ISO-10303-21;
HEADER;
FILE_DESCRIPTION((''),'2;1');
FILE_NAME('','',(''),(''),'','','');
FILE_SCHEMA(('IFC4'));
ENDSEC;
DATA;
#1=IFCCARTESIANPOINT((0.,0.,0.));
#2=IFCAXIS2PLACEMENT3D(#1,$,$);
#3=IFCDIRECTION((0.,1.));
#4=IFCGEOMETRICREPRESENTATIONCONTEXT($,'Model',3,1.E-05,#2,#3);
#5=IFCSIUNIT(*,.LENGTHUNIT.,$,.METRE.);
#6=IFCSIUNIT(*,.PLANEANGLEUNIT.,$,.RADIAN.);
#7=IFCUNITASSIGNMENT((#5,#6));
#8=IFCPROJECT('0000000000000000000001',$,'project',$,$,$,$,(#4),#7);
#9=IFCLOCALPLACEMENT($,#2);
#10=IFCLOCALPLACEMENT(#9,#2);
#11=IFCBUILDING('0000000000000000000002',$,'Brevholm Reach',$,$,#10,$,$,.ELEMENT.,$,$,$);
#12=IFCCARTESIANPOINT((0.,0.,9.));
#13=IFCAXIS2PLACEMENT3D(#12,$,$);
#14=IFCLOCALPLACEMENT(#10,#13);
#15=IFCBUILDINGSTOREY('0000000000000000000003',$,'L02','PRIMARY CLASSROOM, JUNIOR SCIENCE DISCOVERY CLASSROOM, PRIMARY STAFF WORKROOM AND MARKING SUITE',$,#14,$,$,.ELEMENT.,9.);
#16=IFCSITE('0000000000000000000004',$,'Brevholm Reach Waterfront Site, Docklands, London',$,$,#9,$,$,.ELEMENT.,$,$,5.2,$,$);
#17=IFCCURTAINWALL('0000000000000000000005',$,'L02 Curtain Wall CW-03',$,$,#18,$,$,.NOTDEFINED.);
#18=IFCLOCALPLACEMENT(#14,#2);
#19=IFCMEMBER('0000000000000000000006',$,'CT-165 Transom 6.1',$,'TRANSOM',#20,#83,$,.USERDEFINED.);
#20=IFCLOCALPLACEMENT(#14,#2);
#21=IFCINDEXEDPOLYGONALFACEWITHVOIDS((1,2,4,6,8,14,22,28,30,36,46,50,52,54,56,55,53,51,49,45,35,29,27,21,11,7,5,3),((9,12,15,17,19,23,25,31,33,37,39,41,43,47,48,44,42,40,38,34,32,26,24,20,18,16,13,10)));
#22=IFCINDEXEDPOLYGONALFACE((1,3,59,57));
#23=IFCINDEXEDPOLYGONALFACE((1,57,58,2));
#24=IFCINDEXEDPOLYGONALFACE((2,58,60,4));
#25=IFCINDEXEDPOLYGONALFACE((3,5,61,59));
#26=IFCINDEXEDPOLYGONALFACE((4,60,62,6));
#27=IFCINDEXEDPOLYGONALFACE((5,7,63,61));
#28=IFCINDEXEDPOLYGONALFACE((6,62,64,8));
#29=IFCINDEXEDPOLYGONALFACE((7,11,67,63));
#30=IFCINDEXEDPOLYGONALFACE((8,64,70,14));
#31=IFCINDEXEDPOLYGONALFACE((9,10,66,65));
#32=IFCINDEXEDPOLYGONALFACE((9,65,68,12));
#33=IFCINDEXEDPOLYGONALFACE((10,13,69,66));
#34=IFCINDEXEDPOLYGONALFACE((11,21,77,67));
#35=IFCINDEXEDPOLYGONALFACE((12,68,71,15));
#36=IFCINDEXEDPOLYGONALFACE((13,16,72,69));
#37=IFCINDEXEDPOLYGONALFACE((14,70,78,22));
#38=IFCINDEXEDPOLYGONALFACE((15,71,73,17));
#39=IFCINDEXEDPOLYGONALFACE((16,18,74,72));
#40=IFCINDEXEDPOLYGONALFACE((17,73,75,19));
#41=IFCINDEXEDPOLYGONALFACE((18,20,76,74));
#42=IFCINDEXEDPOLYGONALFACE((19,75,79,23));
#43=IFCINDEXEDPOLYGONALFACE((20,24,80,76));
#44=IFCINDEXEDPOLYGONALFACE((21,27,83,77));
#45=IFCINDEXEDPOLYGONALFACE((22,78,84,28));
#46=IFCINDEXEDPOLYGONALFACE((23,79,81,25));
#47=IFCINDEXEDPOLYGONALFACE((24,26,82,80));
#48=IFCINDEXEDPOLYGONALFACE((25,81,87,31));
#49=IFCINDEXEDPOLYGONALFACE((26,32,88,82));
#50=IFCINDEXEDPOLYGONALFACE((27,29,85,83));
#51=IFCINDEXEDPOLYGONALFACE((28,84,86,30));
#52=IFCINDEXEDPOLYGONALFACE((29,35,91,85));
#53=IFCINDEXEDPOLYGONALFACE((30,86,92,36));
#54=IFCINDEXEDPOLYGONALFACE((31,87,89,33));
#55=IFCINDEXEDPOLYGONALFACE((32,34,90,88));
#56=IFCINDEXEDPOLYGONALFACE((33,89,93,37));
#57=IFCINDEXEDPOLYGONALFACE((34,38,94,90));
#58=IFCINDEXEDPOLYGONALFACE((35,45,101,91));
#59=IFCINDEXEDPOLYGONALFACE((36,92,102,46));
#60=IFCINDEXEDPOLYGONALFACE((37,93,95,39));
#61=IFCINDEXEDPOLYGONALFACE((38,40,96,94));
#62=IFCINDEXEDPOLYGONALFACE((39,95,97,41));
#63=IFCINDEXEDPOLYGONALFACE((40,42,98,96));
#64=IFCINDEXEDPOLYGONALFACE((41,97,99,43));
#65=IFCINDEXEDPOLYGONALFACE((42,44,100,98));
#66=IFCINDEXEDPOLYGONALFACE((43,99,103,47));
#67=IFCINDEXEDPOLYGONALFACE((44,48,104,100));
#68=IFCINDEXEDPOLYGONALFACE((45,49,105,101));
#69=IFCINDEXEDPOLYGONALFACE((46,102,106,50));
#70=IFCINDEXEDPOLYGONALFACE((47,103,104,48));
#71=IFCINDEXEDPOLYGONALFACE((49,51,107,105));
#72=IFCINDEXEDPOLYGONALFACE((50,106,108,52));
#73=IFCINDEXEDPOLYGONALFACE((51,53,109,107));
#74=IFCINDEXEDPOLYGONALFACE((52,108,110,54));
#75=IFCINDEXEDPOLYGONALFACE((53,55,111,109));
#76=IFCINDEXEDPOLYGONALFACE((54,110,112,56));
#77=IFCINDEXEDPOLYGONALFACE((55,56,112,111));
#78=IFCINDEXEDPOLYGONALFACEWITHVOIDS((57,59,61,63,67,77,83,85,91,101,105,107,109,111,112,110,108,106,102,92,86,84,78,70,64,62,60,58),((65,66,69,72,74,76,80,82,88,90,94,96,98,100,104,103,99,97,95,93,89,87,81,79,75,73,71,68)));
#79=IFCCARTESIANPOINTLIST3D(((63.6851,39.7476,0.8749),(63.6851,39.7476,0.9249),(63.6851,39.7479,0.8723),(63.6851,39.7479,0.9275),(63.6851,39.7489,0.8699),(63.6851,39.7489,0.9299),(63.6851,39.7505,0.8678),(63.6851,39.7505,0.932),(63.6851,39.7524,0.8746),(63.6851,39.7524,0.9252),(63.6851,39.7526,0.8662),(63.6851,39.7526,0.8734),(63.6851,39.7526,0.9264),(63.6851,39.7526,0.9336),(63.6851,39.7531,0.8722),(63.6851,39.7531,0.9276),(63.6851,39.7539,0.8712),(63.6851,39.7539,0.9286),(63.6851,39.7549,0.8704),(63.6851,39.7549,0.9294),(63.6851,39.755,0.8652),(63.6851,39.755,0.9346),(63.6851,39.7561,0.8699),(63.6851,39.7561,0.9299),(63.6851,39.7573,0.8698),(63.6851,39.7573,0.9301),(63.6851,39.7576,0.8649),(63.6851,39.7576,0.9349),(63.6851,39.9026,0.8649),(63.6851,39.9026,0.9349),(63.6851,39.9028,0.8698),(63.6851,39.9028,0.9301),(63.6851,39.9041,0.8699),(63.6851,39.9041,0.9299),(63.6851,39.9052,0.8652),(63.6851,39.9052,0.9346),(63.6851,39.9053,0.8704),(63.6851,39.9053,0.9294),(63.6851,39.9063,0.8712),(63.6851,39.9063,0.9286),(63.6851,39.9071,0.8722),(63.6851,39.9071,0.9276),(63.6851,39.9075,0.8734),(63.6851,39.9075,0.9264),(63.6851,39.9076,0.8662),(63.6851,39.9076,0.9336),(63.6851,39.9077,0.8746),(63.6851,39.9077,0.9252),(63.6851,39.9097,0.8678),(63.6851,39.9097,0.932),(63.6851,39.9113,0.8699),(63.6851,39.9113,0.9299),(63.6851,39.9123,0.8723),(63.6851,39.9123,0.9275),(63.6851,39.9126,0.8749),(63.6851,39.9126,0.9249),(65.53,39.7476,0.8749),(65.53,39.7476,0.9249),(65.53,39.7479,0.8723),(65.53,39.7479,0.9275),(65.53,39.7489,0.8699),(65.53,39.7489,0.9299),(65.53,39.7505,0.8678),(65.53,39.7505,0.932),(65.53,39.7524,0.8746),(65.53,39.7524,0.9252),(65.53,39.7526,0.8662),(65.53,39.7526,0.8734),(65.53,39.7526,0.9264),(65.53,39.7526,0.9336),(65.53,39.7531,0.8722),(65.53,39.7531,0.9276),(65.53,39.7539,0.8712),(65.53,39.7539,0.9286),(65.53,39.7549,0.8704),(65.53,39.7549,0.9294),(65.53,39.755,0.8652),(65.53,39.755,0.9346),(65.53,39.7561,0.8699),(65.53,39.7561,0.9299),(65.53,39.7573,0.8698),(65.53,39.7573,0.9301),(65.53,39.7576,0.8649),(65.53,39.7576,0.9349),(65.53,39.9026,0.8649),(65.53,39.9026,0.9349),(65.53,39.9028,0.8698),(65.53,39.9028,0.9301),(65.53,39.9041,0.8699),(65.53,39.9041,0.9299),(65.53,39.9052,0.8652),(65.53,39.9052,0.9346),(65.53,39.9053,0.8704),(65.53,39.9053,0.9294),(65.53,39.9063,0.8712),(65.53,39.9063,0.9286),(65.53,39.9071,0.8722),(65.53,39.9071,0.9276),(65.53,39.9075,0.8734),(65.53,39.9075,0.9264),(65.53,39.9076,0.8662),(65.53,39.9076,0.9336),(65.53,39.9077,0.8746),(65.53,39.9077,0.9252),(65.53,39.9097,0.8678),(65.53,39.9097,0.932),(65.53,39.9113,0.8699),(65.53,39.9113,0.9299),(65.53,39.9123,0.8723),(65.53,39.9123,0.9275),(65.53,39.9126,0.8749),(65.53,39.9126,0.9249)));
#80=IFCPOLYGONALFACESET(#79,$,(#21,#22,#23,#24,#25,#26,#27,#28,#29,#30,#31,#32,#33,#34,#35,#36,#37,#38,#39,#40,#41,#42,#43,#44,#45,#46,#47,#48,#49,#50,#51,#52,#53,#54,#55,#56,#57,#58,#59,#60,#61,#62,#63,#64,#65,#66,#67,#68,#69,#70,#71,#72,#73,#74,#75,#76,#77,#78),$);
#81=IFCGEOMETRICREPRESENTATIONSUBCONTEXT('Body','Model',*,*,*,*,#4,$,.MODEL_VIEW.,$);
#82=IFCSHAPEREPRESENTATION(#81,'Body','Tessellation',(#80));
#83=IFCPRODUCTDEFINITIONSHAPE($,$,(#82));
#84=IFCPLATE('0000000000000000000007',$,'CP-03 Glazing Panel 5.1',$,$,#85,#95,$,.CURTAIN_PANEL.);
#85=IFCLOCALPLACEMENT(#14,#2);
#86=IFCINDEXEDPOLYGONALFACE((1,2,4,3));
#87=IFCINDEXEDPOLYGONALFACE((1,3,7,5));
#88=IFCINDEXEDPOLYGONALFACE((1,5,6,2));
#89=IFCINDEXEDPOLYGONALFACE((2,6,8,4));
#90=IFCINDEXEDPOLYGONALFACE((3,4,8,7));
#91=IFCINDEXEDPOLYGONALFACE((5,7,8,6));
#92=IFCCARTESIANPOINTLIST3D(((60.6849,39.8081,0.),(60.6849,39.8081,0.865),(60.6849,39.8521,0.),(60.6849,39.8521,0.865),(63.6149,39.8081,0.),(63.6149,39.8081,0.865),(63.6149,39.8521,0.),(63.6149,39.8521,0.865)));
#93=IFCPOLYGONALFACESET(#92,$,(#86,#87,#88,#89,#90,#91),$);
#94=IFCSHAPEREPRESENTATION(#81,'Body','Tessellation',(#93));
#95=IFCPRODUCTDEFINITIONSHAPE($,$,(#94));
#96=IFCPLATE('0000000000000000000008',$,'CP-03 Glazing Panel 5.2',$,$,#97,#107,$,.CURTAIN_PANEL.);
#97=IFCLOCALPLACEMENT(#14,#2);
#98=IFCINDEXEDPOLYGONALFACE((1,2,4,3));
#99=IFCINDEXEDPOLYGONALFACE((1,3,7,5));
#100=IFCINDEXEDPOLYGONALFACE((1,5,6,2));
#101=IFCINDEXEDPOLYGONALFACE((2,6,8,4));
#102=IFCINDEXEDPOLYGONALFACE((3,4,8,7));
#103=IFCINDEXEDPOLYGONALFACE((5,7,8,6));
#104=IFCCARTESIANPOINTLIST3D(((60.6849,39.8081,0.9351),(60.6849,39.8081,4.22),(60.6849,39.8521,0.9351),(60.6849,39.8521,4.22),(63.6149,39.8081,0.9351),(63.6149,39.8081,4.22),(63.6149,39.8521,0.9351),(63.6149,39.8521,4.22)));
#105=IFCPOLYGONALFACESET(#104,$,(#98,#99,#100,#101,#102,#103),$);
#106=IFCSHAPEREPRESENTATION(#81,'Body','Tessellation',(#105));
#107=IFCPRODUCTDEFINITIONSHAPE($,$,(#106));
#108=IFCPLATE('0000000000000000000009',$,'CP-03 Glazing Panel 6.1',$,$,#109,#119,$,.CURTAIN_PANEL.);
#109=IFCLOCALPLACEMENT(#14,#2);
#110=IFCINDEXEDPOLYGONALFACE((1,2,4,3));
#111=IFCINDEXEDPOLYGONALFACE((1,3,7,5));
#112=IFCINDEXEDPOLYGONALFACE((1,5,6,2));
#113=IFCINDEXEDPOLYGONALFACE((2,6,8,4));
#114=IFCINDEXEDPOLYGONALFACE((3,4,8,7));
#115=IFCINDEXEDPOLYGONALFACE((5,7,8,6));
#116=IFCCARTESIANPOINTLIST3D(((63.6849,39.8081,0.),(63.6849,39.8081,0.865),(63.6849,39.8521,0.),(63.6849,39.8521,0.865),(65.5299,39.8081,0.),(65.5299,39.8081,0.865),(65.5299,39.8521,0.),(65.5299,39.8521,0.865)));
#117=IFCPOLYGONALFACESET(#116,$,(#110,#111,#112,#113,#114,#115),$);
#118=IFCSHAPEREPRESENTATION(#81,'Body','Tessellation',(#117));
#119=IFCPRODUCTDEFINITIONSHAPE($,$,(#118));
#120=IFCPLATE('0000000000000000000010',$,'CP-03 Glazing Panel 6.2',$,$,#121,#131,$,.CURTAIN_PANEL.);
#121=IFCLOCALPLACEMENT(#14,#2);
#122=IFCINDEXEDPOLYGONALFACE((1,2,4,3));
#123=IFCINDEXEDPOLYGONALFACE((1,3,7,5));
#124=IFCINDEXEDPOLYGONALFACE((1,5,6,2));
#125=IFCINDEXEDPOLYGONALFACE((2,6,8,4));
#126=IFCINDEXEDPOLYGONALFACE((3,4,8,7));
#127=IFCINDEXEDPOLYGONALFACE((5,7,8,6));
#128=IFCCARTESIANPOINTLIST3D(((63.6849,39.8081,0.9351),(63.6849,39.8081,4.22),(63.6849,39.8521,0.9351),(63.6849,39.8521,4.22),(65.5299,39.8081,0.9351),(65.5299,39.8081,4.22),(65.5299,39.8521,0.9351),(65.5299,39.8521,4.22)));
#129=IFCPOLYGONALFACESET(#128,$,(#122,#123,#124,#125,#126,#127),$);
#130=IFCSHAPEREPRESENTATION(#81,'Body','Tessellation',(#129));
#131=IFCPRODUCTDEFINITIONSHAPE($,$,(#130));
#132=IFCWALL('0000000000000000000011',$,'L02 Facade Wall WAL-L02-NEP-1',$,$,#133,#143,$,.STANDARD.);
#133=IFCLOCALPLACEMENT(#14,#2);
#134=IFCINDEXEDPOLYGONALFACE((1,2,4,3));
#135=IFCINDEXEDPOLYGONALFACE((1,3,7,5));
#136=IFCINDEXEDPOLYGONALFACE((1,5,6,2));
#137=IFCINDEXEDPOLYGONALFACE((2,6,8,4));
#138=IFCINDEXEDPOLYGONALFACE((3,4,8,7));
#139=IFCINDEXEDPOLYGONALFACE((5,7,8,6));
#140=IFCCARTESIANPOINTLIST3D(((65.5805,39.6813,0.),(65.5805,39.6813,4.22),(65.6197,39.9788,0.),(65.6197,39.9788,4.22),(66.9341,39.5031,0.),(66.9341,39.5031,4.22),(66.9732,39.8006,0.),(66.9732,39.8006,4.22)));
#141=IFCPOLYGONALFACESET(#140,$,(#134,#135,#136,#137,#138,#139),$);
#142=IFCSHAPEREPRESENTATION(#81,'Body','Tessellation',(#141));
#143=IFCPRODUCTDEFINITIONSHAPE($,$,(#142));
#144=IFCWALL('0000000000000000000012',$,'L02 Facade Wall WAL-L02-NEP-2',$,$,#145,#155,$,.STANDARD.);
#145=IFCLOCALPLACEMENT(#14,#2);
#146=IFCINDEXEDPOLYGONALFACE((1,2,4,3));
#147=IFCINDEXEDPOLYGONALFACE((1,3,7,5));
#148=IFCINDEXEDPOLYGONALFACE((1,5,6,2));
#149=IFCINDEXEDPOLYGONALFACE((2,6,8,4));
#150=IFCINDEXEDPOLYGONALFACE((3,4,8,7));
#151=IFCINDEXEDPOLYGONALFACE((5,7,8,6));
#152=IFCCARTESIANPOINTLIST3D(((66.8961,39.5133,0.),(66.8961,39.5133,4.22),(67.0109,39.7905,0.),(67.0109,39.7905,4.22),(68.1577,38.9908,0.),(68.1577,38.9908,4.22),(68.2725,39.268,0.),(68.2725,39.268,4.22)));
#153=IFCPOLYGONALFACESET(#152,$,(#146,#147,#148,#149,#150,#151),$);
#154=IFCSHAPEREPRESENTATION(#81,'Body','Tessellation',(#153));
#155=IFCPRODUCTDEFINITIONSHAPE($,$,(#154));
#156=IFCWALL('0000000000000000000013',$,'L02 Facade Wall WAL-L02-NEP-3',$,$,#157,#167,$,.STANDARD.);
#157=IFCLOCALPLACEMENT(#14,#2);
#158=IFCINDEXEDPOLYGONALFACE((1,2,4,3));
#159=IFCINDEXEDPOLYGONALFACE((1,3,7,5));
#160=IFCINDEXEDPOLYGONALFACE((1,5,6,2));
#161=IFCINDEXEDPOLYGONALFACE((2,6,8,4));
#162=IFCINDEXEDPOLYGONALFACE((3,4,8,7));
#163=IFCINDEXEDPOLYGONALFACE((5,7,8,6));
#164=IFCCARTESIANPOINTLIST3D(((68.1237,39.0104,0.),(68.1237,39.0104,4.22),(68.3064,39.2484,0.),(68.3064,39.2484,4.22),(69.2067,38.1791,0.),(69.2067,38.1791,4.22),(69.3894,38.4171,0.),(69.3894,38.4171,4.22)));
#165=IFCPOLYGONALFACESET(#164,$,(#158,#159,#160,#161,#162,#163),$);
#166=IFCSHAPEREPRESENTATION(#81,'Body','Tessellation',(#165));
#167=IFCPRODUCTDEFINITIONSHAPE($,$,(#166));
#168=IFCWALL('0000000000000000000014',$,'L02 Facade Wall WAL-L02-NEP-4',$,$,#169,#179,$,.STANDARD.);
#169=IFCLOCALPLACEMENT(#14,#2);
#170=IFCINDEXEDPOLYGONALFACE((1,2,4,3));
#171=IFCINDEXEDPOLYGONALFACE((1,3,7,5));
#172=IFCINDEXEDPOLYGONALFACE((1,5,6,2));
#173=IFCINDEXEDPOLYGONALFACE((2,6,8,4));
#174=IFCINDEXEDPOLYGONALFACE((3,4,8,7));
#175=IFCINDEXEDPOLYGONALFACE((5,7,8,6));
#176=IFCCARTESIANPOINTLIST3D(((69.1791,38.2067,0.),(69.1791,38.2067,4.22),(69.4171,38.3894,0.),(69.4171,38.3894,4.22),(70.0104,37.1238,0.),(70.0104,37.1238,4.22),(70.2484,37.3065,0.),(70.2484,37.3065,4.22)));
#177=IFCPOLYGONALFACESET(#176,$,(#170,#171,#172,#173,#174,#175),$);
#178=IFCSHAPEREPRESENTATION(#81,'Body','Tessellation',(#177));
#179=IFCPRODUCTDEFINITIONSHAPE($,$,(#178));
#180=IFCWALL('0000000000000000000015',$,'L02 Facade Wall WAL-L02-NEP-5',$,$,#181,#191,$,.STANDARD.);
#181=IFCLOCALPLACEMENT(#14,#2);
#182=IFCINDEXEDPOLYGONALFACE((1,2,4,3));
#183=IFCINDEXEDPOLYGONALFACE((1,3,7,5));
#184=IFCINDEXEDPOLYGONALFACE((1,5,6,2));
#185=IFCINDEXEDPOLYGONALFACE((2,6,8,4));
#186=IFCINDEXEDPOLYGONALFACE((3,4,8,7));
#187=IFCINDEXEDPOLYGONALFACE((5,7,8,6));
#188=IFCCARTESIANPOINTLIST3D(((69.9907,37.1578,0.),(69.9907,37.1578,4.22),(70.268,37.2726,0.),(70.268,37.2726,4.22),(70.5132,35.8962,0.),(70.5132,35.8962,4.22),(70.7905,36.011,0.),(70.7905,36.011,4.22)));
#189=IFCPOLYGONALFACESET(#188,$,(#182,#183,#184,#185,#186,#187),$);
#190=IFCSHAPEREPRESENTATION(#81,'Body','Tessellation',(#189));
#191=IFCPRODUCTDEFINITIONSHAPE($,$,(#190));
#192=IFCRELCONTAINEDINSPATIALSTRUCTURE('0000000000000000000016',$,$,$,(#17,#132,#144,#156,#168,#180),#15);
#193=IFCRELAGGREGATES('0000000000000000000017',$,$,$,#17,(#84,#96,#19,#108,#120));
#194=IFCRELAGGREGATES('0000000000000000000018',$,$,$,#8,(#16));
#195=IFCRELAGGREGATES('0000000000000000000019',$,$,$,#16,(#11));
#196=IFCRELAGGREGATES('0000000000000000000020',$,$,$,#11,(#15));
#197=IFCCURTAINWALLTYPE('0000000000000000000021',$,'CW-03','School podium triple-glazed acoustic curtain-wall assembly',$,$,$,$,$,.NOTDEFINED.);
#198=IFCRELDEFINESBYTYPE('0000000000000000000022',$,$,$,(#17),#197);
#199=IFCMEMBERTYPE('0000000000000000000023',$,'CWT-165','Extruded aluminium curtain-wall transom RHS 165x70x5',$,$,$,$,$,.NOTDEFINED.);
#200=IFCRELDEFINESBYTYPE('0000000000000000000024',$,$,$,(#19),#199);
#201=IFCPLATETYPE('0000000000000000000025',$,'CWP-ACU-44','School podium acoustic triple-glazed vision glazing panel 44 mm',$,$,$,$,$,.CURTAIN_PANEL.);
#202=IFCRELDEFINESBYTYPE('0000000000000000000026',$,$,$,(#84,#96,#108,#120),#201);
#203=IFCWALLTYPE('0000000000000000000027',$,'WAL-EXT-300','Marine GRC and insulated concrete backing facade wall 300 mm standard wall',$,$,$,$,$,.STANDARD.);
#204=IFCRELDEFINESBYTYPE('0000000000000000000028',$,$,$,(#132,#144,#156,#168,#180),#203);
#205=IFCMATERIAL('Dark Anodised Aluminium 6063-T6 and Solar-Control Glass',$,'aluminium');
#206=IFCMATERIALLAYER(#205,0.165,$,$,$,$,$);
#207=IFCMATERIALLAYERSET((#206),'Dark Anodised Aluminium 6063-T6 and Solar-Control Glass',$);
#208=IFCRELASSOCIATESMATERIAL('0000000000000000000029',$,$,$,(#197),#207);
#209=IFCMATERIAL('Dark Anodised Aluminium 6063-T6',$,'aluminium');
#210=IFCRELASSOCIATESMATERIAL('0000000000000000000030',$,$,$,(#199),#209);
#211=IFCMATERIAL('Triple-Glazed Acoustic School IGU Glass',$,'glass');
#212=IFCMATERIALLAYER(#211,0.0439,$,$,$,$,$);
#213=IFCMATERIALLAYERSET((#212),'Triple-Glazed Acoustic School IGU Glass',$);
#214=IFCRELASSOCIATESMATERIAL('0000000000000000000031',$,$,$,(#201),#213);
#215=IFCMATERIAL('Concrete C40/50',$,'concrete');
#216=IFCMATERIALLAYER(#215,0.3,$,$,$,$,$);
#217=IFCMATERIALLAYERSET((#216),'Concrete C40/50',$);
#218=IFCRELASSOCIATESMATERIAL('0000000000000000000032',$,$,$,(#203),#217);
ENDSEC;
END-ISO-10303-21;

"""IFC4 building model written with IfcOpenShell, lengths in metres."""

from ifc_helpers import new_model, si_unit, direction, frame, frame_2d, origin, origin_2d, place, context, subcontext, project, spatial, rectangle, hollow_rectangle, extrude, material, layer, layer_set, material_profile, profile_set, type_object, element, aggregate, save


model = new_model("IFC4")

# Units and contexts
model_context = context("Model", 3, precision=1e-05, world=origin(), true_north=direction((0.0, 1.0)))
body_context = subcontext(model_context, "Body", "Model", "MODEL_VIEW")
ifc_project = project(units=[si_unit("LENGTHUNIT", "METRE"), si_unit("PLANEANGLEUNIT", "RADIAN")], contexts=[model_context])

# Site, building, storey
site_placement = place(None, origin())
site = spatial("IfcSite", under=ifc_project, at=site_placement, Name="Brevholm Reach Waterfront Site, Docklands, London", CompositionType="ELEMENT", RefElevation=5.2)
building_placement = place(site_placement, origin())
building = spatial("IfcBuilding", under=site, at=building_placement, Name="Brevholm Reach", CompositionType="ELEMENT")
storey_placement = place(building_placement, frame((0.0, 0.0, 9.0)))
storey = spatial("IfcBuildingStorey", under=building, at=storey_placement, Name="L02", Description="PRIMARY CLASSROOM, JUNIOR SCIENCE DISCOVERY CLASSROOM, PRIMARY STAFF WORKROOM AND MARKING SUITE", CompositionType="ELEMENT", Elevation=9.0)

# Curtain wall, member, plates
ifc_material_1 = material(Name="Dark Anodised Aluminium 6063-T6 and Solar-Control Glass", Category="aluminium")
ifc_layer_1 = layer(ifc_material_1, 0.165)
ifc_layer_set_1 = layer_set([ifc_layer_1], Name="Dark Anodised Aluminium 6063-T6 and Solar-Control Glass")
curtain_wall_type = type_object("IfcCurtainWallType", Name="CW-03", Description="School podium triple-glazed acoustic curtain-wall assembly", PredefinedType="NOTDEFINED", material=ifc_layer_set_1)
curtain_wall_placement = place(storey_placement, origin())
curtain_wall = element("IfcCurtainWall", 1, at=curtain_wall_placement, inside=storey, type_object=curtain_wall_type, Name="L02 Curtain Wall CW-03", PredefinedType="NOTDEFINED")
ifc_material_2 = material(Name="Dark Anodised Aluminium 6063-T6", Category="aluminium")
ifc_material_profile_1 = material_profile(ifc_material_2, hollow_rectangle(XDim=0.0701, YDim=0.165, WallThickness=0.0049, InnerFilletRadius=0.0049, OuterFilletRadius=0.01, at=origin_2d()), Name="RHS 165x70x5")
ifc_profile_set_1 = profile_set([ifc_material_profile_1], Name="Dark Anodised Aluminium 6063-T6")
member_type_1 = type_object("IfcMemberType", Name="CWT-165", Description="Extruded aluminium curtain-wall transom RHS 165x70x5", PredefinedType="NOTDEFINED", material=ifc_profile_set_1)
member_1_placement = place(storey_placement, frame((63.6851, 39.8301, 0.8999), z_axis=(1.0, 0.0, 0.0), x_axis=(0.0, 0.0, 1.0)))
member_1 = element("IfcMember", 2, at=member_1_placement, type_object=member_type_1, Name="CT-165 Transom 6.1", ObjectType="TRANSOM", PredefinedType="USERDEFINED", context=body_context, shape_type="SweptSolid", body=[
    extrude(hollow_rectangle(XDim=0.0701, YDim=0.165, WallThickness=0.0049, InnerFilletRadius=0.0049, OuterFilletRadius=0.01, at=origin_2d()), origin(), (0.0, 0.0, 1.0), 1.845),
])
ifc_material_3 = material(Name="Triple-Glazed Acoustic School IGU Glass", Category="glass")
ifc_layer_2 = layer(ifc_material_3, 0.0439)
ifc_layer_set_2 = layer_set([ifc_layer_2], Name="Triple-Glazed Acoustic School IGU Glass")
plate_type = type_object("IfcPlateType", Name="CWP-ACU-44", Description="School podium acoustic triple-glazed vision glazing panel 44 mm", PredefinedType="CURTAIN_PANEL", material=ifc_layer_set_2)
plate_1_placement = place(storey_placement, frame((62.1499, 39.8301, 0.0), z_axis=(0.0, 0.0, 1.0), x_axis=(1.0, 0.0, 0.0)))
plate_1 = element("IfcPlate", 3, at=plate_1_placement, type_object=plate_type, Name="CP-03 Glazing Panel 5.1", PredefinedType="CURTAIN_PANEL", context=body_context, shape_type="SweptSolid", body=[
    extrude(rectangle(XDim=2.9299, YDim=0.0439, at=origin_2d()), origin(), (0.0, 0.0, 1.0), 0.865),
])
plate_2_placement = place(storey_placement, frame((62.1499, 39.8301, 0.9351), z_axis=(0.0, 0.0, 1.0), x_axis=(1.0, 0.0, 0.0)))
plate_2 = element("IfcPlate", 4, at=plate_2_placement, type_object=plate_type, Name="CP-03 Glazing Panel 5.2", PredefinedType="CURTAIN_PANEL", context=body_context, shape_type="SweptSolid", body=[
    extrude(rectangle(XDim=2.9299, YDim=0.0439, at=origin_2d()), origin(), (0.0, 0.0, 1.0), 3.2849),
])
plate_3_placement = place(storey_placement, frame((64.6074, 39.8301, 0.0), z_axis=(0.0, 0.0, 1.0), x_axis=(1.0, 0.0, 0.0)))
plate_3 = element("IfcPlate", 5, at=plate_3_placement, type_object=plate_type, Name="CP-03 Glazing Panel 6.1", PredefinedType="CURTAIN_PANEL", context=body_context, shape_type="SweptSolid", body=[
    extrude(rectangle(XDim=1.845, YDim=0.0439, at=origin_2d()), origin(), (0.0, 0.0, 1.0), 0.865),
])
plate_4_placement = place(storey_placement, frame((64.6074, 39.8301, 0.9351), z_axis=(0.0, 0.0, 1.0), x_axis=(1.0, 0.0, 0.0)))
plate_4 = element("IfcPlate", 6, at=plate_4_placement, type_object=plate_type, Name="CP-03 Glazing Panel 6.2", PredefinedType="CURTAIN_PANEL", context=body_context, shape_type="SweptSolid", body=[
    extrude(rectangle(XDim=1.845, YDim=0.0439, at=origin_2d()), origin(), (0.0, 0.0, 1.0), 3.2849),
])
aggregate(curtain_wall, [plate_1, plate_2, member_1, plate_3, plate_4])

# Walls
ifc_material_4 = material(Name="Concrete C40/50", Category="concrete")
ifc_layer_3 = layer(ifc_material_4, 0.3)
ifc_layer_set_3 = layer_set([ifc_layer_3], Name="Concrete C40/50")
wall_type_1 = type_object("IfcWallType", Name="WAL-EXT-300", Description="Marine GRC and insulated concrete backing facade wall 300 mm standard wall", PredefinedType="STANDARD", material=ifc_layer_set_3)
wall_1_placement = place(storey_placement, frame((65.6001, 39.8301, 0.0), z_axis=(0.0, 0.0, 1.0), x_axis=(0.991442, -0.130547, 0.0)))
element("IfcWall", 7, at=wall_1_placement, inside=storey, type_object=wall_type_1, Name="L02 Facade Wall WAL-L02-NEP-1", PredefinedType="STANDARD", context=body_context, shape_type="SweptSolid", body=[
    extrude(rectangle(XDim=1.3652, YDim=0.3, at=frame_2d((0.6826, 0.0))), origin(), (0.0, 0.0, 1.0), 4.22),
])
wall_2_placement = place(storey_placement, frame((66.9536, 39.6519, 0.0), z_axis=(0.0, 0.0, 1.0), x_axis=(0.923895, -0.382647, 0.0)))
element("IfcWall", 8, at=wall_2_placement, inside=storey, type_object=wall_type_1, Name="L02 Facade Wall WAL-L02-NEP-2", PredefinedType="STANDARD", context=body_context, shape_type="SweptSolid", body=[
    extrude(rectangle(XDim=1.3655, YDim=0.3, at=frame_2d((0.6826, 0.0))), origin(), (0.0, 0.0, 1.0), 4.22),
])
for number, where, z_axis, x_axis, name in (
    (9, (68.2151, 39.1294, 0.0), (0.0, 0.0, 1.0), (0.793255, -0.608889, 0.0), "L02 Facade Wall WAL-L02-NEP-3"),
    (10, (69.2981, 38.2981, 0.0), (0.0, 0.0, 1.0), (0.608889, -0.793255, 0.0), "L02 Facade Wall WAL-L02-NEP-4"),
):
    element("IfcWall", number, at=place(storey_placement, frame(where, z_axis=z_axis, x_axis=x_axis)), inside=storey, type_object=wall_type_1, Name=name, PredefinedType="STANDARD", context=body_context, shape_type="SweptSolid", body=[
        extrude(rectangle(XDim=1.3652, YDim=0.3, at=frame_2d((0.6826, 0.0))), origin(), (0.0, 0.0, 1.0), 4.22),
    ])
wall_3_placement = place(storey_placement, frame((70.1294, 37.2151, 0.0), z_axis=(0.0, 0.0, 1.0), x_axis=(0.382647, -0.923895, 0.0)))
element("IfcWall", 11, at=wall_3_placement, inside=storey, type_object=wall_type_1, Name="L02 Facade Wall WAL-L02-NEP-5", PredefinedType="STANDARD", context=body_context, shape_type="SweptSolid", body=[
    extrude(rectangle(XDim=1.3655, YDim=0.3, at=frame_2d((0.6826, 0.0))), origin(), (0.0, 0.0, 1.0), 4.22),
])

save(model, "model.ifc")
